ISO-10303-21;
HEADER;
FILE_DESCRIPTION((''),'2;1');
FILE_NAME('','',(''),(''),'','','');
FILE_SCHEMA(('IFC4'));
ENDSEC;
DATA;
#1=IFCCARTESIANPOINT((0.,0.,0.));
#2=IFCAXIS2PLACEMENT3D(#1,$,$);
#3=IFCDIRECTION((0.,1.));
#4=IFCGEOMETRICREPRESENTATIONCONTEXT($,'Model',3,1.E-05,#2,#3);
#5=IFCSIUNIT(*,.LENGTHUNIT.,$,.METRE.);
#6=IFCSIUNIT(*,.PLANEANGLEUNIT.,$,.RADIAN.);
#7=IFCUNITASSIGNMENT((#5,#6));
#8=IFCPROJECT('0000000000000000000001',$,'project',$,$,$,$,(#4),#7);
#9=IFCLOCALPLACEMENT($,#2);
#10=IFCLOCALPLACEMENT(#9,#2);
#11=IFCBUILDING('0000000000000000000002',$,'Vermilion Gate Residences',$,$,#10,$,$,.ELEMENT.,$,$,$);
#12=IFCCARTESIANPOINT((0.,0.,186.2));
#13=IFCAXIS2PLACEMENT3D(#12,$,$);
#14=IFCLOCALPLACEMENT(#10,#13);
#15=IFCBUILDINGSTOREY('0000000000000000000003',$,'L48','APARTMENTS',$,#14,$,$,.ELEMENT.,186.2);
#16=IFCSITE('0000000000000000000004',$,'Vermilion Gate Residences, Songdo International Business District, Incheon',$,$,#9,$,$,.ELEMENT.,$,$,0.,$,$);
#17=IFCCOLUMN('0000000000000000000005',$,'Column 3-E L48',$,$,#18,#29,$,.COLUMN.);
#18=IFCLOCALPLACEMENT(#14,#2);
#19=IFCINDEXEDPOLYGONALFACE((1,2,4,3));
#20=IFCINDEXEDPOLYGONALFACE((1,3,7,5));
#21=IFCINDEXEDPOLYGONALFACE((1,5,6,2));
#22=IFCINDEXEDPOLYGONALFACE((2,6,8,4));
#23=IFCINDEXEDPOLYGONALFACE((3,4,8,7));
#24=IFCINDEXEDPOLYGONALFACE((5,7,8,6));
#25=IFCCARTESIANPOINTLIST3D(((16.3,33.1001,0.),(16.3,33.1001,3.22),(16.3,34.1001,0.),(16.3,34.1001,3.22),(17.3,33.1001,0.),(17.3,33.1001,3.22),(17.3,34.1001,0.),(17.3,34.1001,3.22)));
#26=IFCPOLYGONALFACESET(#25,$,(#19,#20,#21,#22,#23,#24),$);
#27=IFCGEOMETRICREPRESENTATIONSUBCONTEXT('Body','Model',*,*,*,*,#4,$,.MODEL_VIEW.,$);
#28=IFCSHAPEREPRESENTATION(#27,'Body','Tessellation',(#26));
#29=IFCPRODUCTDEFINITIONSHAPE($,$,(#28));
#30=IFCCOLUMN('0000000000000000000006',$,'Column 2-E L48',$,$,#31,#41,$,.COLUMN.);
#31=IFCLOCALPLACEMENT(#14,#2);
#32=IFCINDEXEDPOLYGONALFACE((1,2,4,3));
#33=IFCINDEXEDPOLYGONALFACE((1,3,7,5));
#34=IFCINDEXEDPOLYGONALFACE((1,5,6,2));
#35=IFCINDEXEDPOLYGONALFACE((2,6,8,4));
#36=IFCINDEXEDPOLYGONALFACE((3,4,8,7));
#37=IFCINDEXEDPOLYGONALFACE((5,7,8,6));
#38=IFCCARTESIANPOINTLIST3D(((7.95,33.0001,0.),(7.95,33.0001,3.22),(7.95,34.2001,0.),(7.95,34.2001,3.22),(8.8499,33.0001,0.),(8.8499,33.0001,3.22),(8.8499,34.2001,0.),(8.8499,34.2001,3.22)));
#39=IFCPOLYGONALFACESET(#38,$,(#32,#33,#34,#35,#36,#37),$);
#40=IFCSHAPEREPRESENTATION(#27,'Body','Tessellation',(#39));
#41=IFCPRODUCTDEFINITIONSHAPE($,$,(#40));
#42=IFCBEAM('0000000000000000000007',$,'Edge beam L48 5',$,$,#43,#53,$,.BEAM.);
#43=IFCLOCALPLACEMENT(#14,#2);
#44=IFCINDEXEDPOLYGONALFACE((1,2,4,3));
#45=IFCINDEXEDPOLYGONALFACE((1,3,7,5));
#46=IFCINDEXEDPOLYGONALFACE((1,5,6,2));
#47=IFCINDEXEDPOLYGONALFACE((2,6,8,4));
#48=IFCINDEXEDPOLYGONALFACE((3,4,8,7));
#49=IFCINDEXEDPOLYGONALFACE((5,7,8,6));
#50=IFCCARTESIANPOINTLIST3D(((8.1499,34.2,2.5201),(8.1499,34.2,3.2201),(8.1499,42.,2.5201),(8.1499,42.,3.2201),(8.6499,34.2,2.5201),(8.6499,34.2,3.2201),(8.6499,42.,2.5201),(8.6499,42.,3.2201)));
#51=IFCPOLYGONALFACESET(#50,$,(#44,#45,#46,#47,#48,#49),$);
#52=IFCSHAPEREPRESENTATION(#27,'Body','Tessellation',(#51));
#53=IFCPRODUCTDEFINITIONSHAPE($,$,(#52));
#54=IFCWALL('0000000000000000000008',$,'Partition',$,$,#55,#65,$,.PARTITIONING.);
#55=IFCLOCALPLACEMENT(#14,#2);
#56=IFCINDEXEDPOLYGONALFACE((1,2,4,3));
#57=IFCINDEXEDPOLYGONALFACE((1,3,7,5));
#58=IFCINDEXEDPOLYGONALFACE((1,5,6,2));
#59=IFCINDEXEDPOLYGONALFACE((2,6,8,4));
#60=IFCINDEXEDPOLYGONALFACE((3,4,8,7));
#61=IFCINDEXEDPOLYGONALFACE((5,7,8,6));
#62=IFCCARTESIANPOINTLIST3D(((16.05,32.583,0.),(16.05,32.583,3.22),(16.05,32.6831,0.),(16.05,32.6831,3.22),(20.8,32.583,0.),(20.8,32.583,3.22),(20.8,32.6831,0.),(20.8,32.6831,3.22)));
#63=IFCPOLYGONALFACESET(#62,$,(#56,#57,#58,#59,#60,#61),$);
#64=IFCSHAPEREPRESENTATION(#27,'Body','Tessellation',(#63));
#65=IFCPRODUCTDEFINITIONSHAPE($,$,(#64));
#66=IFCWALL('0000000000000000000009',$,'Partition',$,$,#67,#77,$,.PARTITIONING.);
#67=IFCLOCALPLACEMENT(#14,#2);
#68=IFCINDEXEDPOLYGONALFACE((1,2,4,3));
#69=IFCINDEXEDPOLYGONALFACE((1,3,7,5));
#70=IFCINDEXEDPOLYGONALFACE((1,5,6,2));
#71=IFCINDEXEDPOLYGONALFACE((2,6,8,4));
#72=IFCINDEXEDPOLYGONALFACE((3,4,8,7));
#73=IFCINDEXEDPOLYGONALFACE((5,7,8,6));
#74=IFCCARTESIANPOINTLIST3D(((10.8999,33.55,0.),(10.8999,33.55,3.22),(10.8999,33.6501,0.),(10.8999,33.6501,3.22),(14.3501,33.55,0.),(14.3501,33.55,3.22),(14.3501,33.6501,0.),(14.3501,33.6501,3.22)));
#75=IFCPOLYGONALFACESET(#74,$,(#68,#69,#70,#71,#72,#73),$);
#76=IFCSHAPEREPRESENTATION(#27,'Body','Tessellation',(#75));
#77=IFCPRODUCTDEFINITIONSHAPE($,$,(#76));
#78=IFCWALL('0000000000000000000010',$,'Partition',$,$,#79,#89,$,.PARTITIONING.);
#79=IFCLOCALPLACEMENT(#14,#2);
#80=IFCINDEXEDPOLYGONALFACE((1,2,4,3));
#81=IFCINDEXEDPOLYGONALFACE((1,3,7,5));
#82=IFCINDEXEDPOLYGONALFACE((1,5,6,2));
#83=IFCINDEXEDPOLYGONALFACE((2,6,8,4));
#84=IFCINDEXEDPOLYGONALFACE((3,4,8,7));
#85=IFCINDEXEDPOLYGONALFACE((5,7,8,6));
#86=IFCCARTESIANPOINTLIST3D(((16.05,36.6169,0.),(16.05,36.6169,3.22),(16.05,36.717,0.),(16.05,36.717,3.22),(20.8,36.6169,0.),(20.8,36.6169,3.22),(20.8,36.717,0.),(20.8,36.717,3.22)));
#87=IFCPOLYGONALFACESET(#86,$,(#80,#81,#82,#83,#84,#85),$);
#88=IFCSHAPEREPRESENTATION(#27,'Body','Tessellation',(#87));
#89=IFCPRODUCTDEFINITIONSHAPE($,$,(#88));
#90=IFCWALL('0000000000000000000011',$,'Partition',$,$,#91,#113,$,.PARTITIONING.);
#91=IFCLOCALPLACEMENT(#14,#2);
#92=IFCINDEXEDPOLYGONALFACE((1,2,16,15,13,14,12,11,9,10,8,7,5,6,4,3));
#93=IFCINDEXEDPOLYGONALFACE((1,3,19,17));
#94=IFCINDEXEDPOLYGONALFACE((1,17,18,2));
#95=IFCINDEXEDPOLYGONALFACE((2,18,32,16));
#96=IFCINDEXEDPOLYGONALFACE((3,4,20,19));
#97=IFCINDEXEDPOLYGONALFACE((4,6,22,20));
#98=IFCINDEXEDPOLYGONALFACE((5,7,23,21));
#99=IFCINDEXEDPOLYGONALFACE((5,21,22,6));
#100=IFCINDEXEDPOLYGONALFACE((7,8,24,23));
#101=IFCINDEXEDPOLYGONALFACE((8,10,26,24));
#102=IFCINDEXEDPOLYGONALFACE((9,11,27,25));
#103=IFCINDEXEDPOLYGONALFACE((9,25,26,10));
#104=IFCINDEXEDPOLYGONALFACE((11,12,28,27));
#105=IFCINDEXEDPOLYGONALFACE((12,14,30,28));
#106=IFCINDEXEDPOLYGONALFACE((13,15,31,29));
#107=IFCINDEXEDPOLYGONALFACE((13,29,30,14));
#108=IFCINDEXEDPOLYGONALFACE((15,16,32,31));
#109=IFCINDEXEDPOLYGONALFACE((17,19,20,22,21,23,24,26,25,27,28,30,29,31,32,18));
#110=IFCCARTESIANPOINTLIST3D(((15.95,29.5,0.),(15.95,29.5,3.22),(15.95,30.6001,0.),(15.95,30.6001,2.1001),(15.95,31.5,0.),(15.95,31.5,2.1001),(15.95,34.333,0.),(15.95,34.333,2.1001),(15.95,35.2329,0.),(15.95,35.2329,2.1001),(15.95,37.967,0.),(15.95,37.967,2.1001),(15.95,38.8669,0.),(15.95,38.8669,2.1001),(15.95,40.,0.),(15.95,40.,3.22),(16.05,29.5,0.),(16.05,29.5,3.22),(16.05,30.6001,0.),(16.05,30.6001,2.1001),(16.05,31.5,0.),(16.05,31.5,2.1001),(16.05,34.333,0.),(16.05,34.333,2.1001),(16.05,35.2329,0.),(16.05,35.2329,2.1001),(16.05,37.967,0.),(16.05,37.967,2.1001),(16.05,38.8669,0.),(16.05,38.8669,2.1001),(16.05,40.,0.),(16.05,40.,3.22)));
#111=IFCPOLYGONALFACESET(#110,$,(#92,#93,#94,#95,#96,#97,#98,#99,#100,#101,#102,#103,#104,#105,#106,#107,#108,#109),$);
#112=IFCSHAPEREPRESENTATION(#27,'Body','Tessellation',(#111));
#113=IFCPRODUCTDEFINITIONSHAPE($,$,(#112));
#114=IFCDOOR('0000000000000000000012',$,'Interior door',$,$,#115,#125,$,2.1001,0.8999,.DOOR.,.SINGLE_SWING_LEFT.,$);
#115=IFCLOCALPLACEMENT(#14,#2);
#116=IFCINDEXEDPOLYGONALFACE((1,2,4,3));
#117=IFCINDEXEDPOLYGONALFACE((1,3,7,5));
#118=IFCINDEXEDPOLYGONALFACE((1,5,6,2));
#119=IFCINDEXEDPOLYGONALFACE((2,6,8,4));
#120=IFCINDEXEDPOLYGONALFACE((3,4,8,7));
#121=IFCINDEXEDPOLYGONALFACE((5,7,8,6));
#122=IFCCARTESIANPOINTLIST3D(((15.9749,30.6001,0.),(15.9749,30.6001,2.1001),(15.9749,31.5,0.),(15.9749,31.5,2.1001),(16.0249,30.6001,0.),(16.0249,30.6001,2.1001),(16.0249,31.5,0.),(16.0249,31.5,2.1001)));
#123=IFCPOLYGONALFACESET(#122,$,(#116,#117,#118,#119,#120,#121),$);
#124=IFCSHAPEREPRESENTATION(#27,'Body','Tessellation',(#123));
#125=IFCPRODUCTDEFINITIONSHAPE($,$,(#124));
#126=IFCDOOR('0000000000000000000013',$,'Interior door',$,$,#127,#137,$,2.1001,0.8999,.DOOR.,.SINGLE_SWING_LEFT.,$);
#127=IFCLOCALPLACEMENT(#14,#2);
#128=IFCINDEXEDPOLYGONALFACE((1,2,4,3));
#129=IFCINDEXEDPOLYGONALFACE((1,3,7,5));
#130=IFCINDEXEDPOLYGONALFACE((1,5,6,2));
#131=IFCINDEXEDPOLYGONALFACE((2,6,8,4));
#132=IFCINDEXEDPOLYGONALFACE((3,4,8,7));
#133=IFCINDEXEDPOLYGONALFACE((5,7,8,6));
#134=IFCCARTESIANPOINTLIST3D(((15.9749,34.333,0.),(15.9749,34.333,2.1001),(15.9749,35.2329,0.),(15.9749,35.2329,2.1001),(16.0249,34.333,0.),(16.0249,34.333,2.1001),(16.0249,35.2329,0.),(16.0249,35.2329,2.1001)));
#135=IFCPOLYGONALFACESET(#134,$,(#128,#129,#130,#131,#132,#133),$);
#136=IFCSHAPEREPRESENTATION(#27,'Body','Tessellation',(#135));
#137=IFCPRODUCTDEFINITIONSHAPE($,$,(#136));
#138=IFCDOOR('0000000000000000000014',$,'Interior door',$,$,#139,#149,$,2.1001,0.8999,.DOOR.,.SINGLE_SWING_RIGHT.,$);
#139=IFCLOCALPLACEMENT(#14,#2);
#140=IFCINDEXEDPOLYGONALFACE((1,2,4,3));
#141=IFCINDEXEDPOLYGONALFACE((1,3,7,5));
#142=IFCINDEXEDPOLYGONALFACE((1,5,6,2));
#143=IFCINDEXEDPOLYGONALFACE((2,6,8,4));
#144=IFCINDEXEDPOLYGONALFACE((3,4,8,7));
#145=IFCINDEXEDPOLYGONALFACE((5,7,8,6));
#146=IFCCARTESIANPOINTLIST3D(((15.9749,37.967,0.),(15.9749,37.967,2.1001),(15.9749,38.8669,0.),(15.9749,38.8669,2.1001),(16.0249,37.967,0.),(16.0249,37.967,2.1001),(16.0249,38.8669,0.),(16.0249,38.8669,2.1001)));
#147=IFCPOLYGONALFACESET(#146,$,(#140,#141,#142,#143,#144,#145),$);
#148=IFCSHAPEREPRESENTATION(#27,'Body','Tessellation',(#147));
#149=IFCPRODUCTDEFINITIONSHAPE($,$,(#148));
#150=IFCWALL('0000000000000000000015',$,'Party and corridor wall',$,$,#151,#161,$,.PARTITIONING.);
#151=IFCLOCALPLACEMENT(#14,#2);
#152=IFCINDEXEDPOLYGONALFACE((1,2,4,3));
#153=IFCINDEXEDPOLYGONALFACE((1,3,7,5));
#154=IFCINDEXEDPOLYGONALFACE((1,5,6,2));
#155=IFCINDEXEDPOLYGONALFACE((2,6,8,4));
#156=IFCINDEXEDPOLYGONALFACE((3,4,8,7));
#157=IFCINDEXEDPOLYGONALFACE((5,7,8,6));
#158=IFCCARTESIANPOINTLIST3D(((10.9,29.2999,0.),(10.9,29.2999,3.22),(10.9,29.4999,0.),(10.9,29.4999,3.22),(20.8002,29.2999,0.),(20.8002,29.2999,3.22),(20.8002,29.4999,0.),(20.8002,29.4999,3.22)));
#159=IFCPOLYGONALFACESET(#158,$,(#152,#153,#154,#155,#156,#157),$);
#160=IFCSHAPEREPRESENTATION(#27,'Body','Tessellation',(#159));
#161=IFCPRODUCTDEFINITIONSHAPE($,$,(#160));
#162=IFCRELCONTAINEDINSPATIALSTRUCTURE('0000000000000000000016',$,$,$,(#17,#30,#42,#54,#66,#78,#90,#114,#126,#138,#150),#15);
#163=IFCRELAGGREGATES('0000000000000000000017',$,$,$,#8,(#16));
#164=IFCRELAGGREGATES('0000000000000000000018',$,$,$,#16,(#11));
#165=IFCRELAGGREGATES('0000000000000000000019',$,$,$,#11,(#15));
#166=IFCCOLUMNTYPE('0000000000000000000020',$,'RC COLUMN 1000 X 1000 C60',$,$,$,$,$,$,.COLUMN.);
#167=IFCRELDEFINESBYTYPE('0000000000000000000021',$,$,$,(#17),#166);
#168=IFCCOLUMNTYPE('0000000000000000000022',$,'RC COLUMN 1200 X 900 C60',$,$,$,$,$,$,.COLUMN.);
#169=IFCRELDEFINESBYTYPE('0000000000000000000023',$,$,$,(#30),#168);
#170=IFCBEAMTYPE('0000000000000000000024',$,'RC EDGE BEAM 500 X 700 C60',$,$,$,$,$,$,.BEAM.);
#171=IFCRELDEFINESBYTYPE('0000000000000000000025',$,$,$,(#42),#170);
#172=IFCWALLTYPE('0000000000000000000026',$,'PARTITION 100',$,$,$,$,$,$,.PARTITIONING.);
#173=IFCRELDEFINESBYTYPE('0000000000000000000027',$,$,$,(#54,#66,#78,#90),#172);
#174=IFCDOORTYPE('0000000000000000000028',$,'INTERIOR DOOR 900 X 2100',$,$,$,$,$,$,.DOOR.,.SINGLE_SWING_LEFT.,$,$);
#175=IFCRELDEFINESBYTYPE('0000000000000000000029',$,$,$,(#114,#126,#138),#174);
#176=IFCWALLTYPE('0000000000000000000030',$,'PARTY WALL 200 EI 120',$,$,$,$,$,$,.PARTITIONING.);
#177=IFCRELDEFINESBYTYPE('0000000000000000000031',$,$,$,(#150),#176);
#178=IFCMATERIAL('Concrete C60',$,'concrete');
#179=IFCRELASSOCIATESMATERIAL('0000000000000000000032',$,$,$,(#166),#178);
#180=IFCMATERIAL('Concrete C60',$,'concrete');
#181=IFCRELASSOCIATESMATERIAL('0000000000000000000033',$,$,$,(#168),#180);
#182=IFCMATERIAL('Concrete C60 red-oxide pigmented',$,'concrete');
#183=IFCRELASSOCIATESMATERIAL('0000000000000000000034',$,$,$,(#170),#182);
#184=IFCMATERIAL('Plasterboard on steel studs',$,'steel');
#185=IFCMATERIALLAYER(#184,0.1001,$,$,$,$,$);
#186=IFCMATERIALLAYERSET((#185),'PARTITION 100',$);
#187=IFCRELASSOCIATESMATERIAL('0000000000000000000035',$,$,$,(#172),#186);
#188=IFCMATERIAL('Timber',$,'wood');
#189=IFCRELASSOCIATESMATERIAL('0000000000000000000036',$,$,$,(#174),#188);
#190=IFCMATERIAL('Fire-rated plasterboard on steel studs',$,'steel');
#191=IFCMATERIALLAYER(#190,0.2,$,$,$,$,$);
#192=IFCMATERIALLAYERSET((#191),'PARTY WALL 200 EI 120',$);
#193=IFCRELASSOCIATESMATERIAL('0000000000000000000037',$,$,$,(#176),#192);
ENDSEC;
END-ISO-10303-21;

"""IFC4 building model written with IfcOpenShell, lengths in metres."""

from ifc_helpers import new_model, si_unit, direction, frame, frame_2d, origin, origin_2d, place, context, subcontext, project, spatial, rectangle, extrude, material, layer, layer_set, material_profile, profile_set, type_object, element, fill, save


model = new_model("IFC4")

# Units and contexts
model_context = context("Model", 3, precision=1e-05, world=origin(), true_north=direction((0.0, 1.0)))
body_context = subcontext(model_context, "Body", "Model", "MODEL_VIEW")
ifc_project = project(units=[si_unit("LENGTHUNIT", "METRE"), si_unit("PLANEANGLEUNIT", "RADIAN")], contexts=[model_context])

# Site, building, storey
site_placement = place(None, origin())
site = spatial("IfcSite", under=ifc_project, at=site_placement, Name="Vermilion Gate Residences, Songdo International Business District, Incheon", CompositionType="ELEMENT", RefElevation=0.0)
building_placement = place(site_placement, origin())
building = spatial("IfcBuilding", under=site, at=building_placement, Name="Vermilion Gate Residences", CompositionType="ELEMENT")
storey_placement = place(building_placement, frame((0.0, 0.0, 186.2)))
storey = spatial("IfcBuildingStorey", under=building, at=storey_placement, Name="L48", Description="APARTMENTS", CompositionType="ELEMENT", Elevation=186.2)

# Columns
ifc_material_1 = material(Name="Concrete C60", Category="concrete")
ifc_material_profile_1 = material_profile(ifc_material_1, rectangle(XDim=1.0, YDim=1.0, at=origin_2d()), Name="RC-1000x1000")
ifc_profile_set_1 = profile_set([ifc_material_profile_1], Name="Concrete C60")
column_type_1 = type_object("IfcColumnType", Name="RC COLUMN 1000 X 1000 C60", PredefinedType="COLUMN", material=ifc_profile_set_1)
column_1_placement = place(storey_placement, frame((16.8, 33.6001, 0.0), z_axis=(0.0, 0.0, 1.0), x_axis=(1.0, 0.0, 0.0)))
element("IfcColumn", 1, at=column_1_placement, inside=storey, type_object=column_type_1, Name="Column 3-E L48", PredefinedType="COLUMN", context=body_context, shape_type="SweptSolid", body=[
    extrude(rectangle(XDim=1.0, YDim=1.0, at=origin_2d()), origin(), (0.0, 0.0, 1.0), 3.22),
])
ifc_material_2 = material(Name="Concrete C60", Category="concrete")
ifc_material_profile_2 = material_profile(ifc_material_2, rectangle(XDim=1.2, YDim=0.8999, at=origin_2d()), Name="RC-1200x900")
ifc_profile_set_2 = profile_set([ifc_material_profile_2], Name="Concrete C60")
column_type_2 = type_object("IfcColumnType", Name="RC COLUMN 1200 X 900 C60", PredefinedType="COLUMN", material=ifc_profile_set_2)
column_2_placement = place(storey_placement, frame((8.3999, 33.6001, 0.0), z_axis=(0.0, 0.0, 1.0), x_axis=(0.0, 1.0, 0.0)))
element("IfcColumn", 2, at=column_2_placement, inside=storey, type_object=column_type_2, Name="Column 2-E L48", PredefinedType="COLUMN", context=body_context, shape_type="SweptSolid", body=[
    extrude(rectangle(XDim=1.2, YDim=0.8999, at=origin_2d()), origin(), (0.0, 0.0, 1.0), 3.22),
])

# Beam
ifc_material_3 = material(Name="Concrete C60 red-oxide pigmented", Category="concrete")
ifc_material_profile_3 = material_profile(ifc_material_3, rectangle(XDim=0.5, YDim=0.7, at=origin_2d()), Name="RC-500x700")
ifc_profile_set_3 = profile_set([ifc_material_profile_3], Name="Concrete C60 red-oxide pigmented")
beam_type = type_object("IfcBeamType", Name="RC EDGE BEAM 500 X 700 C60", PredefinedType="BEAM", material=ifc_profile_set_3)
beam_placement = place(storey_placement, frame((8.3999, 34.2, 2.8701), z_axis=(0.0, 1.0, 0.0), x_axis=(-1.0, 0.0, 0.0)))
element("IfcBeam", 3, at=beam_placement, inside=storey, type_object=beam_type, Name="Edge beam L48 5", PredefinedType="BEAM", context=body_context, shape_type="SweptSolid", body=[
    extrude(rectangle(XDim=0.5, YDim=0.7, at=origin_2d()), origin(), (0.0, 0.0, 1.0), 7.8),
])

# Walls
ifc_material_4 = material(Name="Plasterboard on steel studs", Category="steel")
ifc_layer_1 = layer(ifc_material_4, 0.1001)
ifc_layer_set_1 = layer_set([ifc_layer_1], Name="PARTITION 100")
wall_type_1 = type_object("IfcWallType", Name="PARTITION 100", PredefinedType="PARTITIONING", material=ifc_layer_set_1)
wall_1_placement = place(storey_placement, frame((16.05, 32.6331, 0.0), z_axis=(0.0, 0.0, 1.0), x_axis=(1.0, 0.0, 0.0)))
element("IfcWall", 4, at=wall_1_placement, inside=storey, type_object=wall_type_1, Name="Partition", PredefinedType="PARTITIONING", context=body_context, shape_type="SweptSolid", body=[
    extrude(rectangle(XDim=4.75, YDim=0.1001, at=frame_2d((2.375, 0.0))), origin(), (0.0, 0.0, 1.0), 3.22),
])
wall_2_placement = place(storey_placement, frame((10.8999, 33.6001, 0.0), z_axis=(0.0, 0.0, 1.0), x_axis=(1.0, 0.0, 0.0)))
element("IfcWall", 5, at=wall_2_placement, inside=storey, type_object=wall_type_1, Name="Partition", PredefinedType="PARTITIONING", context=body_context, shape_type="SweptSolid", body=[
    extrude(rectangle(XDim=3.4502, YDim=0.1001, at=frame_2d((1.7251, 0.0))), origin(), (0.0, 0.0, 1.0), 3.22),
])
wall_3_placement = place(storey_placement, frame((16.05, 36.667, 0.0), z_axis=(0.0, 0.0, 1.0), x_axis=(1.0, 0.0, 0.0)))
element("IfcWall", 6, at=wall_3_placement, inside=storey, type_object=wall_type_1, Name="Partition", PredefinedType="PARTITIONING", context=body_context, shape_type="SweptSolid", body=[
    extrude(rectangle(XDim=4.75, YDim=0.1001, at=frame_2d((2.375, 0.0))), origin(), (0.0, 0.0, 1.0), 3.22),
])

# Wall, openings, doors
wall_4_placement = place(storey_placement, frame((16.0, 29.5, 0.0), z_axis=(0.0, 0.0, 1.0), x_axis=(0.0, 1.0, 0.0)))
wall_4 = element("IfcWall", 7, at=wall_4_placement, inside=storey, type_object=wall_type_1, Name="Partition", PredefinedType="PARTITIONING", context=body_context, shape_type="SweptSolid", body=[
    extrude(rectangle(XDim=10.5, YDim=0.1001, at=frame_2d((5.25, 0.0))), origin(), (0.0, 0.0, 1.0), 3.22),
])
opening_1_placement = place(wall_4_placement, frame((1.1001, 0.0, 0.0)))
opening_1 = element("IfcOpeningElement", 8, at=opening_1_placement, cuts=wall_4, PredefinedType="OPENING", context=body_context, shape_type="SweptSolid", body=[
    extrude(rectangle(XDim=0.8999, YDim=2.1001, at=frame_2d((0.45, 1.05))), frame((0.0, 0.0601, 0.0), z_axis=(0.0, -1.0, 0.0), x_axis=(1.0, 0.0, 0.0)), (0.0, 0.0, 1.0), 0.1201),
])
opening_2_placement = place(wall_4_placement, frame((4.833, 0.0, 0.0)))
opening_2 = element("IfcOpeningElement", 9, at=opening_2_placement, cuts=wall_4, PredefinedType="OPENING", context=body_context, shape_type="SweptSolid", body=[
    extrude(rectangle(XDim=0.8999, YDim=2.1001, at=frame_2d((0.45, 1.05))), frame((0.0, 0.0601, 0.0), z_axis=(0.0, -1.0, 0.0), x_axis=(1.0, 0.0, 0.0)), (0.0, 0.0, 1.0), 0.1201),
])
opening_3_placement = place(wall_4_placement, frame((8.467, 0.0, 0.0)))
opening_3 = element("IfcOpeningElement", 10, at=opening_3_placement, cuts=wall_4, PredefinedType="OPENING", context=body_context, shape_type="SweptSolid", body=[
    extrude(rectangle(XDim=0.8999, YDim=2.1001, at=frame_2d((0.45, 1.05))), frame((0.0, 0.0601, 0.0), z_axis=(0.0, -1.0, 0.0), x_axis=(1.0, 0.0, 0.0)), (0.0, 0.0, 1.0), 0.1201),
])
ifc_material_5 = material(Name="Timber", Category="wood")
door_type = type_object("IfcDoorType", Name="INTERIOR DOOR 900 X 2100", OperationType="SINGLE_SWING_LEFT", PredefinedType="DOOR", material=ifc_material_5)
door_1_placement = place(opening_1_placement, frame((0.8999, 0.0, 0.0), z_axis=(0.0, 0.0, 1.0), x_axis=(-1.0, 0.0, 0.0)))
door_1 = element("IfcDoor", 11, at=door_1_placement, inside=storey, type_object=door_type, Name="Interior door", OperationType="SINGLE_SWING_LEFT", OverallHeight=2.1001, OverallWidth=0.8999, PredefinedType="DOOR", context=body_context, shape_type="SweptSolid", body=[
    extrude(rectangle(XDim=0.8999, YDim=2.1001, at=frame_2d((0.45, 1.05))), frame((0.0, 0.0249, 0.0), z_axis=(0.0, -1.0, 0.0), x_axis=(1.0, 0.0, 0.0)), (0.0, 0.0, 1.0), 0.05),
])
fill(opening_1, door_1)
door_2_placement = place(opening_2_placement, frame((0.8999, 0.0, 0.0), z_axis=(0.0, 0.0, 1.0), x_axis=(-1.0, 0.0, 0.0)))
door_2 = element("IfcDoor", 12, at=door_2_placement, inside=storey, type_object=door_type, Name="Interior door", OperationType="SINGLE_SWING_LEFT", OverallHeight=2.1001, OverallWidth=0.8999, PredefinedType="DOOR", context=body_context, shape_type="SweptSolid", body=[
    extrude(rectangle(XDim=0.8999, YDim=2.1001, at=frame_2d((0.45, 1.05))), frame((0.0, 0.0249, 0.0), z_axis=(0.0, -1.0, 0.0), x_axis=(1.0, 0.0, 0.0)), (0.0, 0.0, 1.0), 0.05),
])
fill(opening_2, door_2)
door_3_placement = place(opening_3_placement, frame((0.8999, 0.0, 0.0), z_axis=(0.0, 0.0, 1.0), x_axis=(-1.0, 0.0, 0.0)))
door_3 = element("IfcDoor", 13, at=door_3_placement, inside=storey, type_object=door_type, Name="Interior door", OperationType="SINGLE_SWING_RIGHT", OverallHeight=2.1001, OverallWidth=0.8999, PredefinedType="DOOR", context=body_context, shape_type="SweptSolid", body=[
    extrude(rectangle(XDim=0.8999, YDim=2.1001, at=frame_2d((0.45, 1.05))), frame((0.0, 0.0249, 0.0), z_axis=(0.0, -1.0, 0.0), x_axis=(1.0, 0.0, 0.0)), (0.0, 0.0, 1.0), 0.05),
])
fill(opening_3, door_3)

# Wall
ifc_material_6 = material(Name="Fire-rated plasterboard on steel studs", Category="steel")
ifc_layer_2 = layer(ifc_material_6, 0.2)
ifc_layer_set_2 = layer_set([ifc_layer_2], Name="PARTY WALL 200 EI 120")
wall_type_2 = type_object("IfcWallType", Name="PARTY WALL 200 EI 120", PredefinedType="PARTITIONING", material=ifc_layer_set_2)
wall_5_placement = place(storey_placement, frame((10.8999, 29.3999, 0.0), z_axis=(0.0, 0.0, 1.0), x_axis=(1.0, 0.0, 0.0)))
element("IfcWall", 14, at=wall_5_placement, inside=storey, type_object=wall_type_2, Name="Party and corridor wall", PredefinedType="PARTITIONING", context=body_context, shape_type="SweptSolid", body=[
    extrude(rectangle(XDim=9.9001, YDim=0.2, at=frame_2d((4.9502, 0.0))), origin(), (0.0, 0.0, 1.0), 3.22),
])

save(model, "model.ifc")
